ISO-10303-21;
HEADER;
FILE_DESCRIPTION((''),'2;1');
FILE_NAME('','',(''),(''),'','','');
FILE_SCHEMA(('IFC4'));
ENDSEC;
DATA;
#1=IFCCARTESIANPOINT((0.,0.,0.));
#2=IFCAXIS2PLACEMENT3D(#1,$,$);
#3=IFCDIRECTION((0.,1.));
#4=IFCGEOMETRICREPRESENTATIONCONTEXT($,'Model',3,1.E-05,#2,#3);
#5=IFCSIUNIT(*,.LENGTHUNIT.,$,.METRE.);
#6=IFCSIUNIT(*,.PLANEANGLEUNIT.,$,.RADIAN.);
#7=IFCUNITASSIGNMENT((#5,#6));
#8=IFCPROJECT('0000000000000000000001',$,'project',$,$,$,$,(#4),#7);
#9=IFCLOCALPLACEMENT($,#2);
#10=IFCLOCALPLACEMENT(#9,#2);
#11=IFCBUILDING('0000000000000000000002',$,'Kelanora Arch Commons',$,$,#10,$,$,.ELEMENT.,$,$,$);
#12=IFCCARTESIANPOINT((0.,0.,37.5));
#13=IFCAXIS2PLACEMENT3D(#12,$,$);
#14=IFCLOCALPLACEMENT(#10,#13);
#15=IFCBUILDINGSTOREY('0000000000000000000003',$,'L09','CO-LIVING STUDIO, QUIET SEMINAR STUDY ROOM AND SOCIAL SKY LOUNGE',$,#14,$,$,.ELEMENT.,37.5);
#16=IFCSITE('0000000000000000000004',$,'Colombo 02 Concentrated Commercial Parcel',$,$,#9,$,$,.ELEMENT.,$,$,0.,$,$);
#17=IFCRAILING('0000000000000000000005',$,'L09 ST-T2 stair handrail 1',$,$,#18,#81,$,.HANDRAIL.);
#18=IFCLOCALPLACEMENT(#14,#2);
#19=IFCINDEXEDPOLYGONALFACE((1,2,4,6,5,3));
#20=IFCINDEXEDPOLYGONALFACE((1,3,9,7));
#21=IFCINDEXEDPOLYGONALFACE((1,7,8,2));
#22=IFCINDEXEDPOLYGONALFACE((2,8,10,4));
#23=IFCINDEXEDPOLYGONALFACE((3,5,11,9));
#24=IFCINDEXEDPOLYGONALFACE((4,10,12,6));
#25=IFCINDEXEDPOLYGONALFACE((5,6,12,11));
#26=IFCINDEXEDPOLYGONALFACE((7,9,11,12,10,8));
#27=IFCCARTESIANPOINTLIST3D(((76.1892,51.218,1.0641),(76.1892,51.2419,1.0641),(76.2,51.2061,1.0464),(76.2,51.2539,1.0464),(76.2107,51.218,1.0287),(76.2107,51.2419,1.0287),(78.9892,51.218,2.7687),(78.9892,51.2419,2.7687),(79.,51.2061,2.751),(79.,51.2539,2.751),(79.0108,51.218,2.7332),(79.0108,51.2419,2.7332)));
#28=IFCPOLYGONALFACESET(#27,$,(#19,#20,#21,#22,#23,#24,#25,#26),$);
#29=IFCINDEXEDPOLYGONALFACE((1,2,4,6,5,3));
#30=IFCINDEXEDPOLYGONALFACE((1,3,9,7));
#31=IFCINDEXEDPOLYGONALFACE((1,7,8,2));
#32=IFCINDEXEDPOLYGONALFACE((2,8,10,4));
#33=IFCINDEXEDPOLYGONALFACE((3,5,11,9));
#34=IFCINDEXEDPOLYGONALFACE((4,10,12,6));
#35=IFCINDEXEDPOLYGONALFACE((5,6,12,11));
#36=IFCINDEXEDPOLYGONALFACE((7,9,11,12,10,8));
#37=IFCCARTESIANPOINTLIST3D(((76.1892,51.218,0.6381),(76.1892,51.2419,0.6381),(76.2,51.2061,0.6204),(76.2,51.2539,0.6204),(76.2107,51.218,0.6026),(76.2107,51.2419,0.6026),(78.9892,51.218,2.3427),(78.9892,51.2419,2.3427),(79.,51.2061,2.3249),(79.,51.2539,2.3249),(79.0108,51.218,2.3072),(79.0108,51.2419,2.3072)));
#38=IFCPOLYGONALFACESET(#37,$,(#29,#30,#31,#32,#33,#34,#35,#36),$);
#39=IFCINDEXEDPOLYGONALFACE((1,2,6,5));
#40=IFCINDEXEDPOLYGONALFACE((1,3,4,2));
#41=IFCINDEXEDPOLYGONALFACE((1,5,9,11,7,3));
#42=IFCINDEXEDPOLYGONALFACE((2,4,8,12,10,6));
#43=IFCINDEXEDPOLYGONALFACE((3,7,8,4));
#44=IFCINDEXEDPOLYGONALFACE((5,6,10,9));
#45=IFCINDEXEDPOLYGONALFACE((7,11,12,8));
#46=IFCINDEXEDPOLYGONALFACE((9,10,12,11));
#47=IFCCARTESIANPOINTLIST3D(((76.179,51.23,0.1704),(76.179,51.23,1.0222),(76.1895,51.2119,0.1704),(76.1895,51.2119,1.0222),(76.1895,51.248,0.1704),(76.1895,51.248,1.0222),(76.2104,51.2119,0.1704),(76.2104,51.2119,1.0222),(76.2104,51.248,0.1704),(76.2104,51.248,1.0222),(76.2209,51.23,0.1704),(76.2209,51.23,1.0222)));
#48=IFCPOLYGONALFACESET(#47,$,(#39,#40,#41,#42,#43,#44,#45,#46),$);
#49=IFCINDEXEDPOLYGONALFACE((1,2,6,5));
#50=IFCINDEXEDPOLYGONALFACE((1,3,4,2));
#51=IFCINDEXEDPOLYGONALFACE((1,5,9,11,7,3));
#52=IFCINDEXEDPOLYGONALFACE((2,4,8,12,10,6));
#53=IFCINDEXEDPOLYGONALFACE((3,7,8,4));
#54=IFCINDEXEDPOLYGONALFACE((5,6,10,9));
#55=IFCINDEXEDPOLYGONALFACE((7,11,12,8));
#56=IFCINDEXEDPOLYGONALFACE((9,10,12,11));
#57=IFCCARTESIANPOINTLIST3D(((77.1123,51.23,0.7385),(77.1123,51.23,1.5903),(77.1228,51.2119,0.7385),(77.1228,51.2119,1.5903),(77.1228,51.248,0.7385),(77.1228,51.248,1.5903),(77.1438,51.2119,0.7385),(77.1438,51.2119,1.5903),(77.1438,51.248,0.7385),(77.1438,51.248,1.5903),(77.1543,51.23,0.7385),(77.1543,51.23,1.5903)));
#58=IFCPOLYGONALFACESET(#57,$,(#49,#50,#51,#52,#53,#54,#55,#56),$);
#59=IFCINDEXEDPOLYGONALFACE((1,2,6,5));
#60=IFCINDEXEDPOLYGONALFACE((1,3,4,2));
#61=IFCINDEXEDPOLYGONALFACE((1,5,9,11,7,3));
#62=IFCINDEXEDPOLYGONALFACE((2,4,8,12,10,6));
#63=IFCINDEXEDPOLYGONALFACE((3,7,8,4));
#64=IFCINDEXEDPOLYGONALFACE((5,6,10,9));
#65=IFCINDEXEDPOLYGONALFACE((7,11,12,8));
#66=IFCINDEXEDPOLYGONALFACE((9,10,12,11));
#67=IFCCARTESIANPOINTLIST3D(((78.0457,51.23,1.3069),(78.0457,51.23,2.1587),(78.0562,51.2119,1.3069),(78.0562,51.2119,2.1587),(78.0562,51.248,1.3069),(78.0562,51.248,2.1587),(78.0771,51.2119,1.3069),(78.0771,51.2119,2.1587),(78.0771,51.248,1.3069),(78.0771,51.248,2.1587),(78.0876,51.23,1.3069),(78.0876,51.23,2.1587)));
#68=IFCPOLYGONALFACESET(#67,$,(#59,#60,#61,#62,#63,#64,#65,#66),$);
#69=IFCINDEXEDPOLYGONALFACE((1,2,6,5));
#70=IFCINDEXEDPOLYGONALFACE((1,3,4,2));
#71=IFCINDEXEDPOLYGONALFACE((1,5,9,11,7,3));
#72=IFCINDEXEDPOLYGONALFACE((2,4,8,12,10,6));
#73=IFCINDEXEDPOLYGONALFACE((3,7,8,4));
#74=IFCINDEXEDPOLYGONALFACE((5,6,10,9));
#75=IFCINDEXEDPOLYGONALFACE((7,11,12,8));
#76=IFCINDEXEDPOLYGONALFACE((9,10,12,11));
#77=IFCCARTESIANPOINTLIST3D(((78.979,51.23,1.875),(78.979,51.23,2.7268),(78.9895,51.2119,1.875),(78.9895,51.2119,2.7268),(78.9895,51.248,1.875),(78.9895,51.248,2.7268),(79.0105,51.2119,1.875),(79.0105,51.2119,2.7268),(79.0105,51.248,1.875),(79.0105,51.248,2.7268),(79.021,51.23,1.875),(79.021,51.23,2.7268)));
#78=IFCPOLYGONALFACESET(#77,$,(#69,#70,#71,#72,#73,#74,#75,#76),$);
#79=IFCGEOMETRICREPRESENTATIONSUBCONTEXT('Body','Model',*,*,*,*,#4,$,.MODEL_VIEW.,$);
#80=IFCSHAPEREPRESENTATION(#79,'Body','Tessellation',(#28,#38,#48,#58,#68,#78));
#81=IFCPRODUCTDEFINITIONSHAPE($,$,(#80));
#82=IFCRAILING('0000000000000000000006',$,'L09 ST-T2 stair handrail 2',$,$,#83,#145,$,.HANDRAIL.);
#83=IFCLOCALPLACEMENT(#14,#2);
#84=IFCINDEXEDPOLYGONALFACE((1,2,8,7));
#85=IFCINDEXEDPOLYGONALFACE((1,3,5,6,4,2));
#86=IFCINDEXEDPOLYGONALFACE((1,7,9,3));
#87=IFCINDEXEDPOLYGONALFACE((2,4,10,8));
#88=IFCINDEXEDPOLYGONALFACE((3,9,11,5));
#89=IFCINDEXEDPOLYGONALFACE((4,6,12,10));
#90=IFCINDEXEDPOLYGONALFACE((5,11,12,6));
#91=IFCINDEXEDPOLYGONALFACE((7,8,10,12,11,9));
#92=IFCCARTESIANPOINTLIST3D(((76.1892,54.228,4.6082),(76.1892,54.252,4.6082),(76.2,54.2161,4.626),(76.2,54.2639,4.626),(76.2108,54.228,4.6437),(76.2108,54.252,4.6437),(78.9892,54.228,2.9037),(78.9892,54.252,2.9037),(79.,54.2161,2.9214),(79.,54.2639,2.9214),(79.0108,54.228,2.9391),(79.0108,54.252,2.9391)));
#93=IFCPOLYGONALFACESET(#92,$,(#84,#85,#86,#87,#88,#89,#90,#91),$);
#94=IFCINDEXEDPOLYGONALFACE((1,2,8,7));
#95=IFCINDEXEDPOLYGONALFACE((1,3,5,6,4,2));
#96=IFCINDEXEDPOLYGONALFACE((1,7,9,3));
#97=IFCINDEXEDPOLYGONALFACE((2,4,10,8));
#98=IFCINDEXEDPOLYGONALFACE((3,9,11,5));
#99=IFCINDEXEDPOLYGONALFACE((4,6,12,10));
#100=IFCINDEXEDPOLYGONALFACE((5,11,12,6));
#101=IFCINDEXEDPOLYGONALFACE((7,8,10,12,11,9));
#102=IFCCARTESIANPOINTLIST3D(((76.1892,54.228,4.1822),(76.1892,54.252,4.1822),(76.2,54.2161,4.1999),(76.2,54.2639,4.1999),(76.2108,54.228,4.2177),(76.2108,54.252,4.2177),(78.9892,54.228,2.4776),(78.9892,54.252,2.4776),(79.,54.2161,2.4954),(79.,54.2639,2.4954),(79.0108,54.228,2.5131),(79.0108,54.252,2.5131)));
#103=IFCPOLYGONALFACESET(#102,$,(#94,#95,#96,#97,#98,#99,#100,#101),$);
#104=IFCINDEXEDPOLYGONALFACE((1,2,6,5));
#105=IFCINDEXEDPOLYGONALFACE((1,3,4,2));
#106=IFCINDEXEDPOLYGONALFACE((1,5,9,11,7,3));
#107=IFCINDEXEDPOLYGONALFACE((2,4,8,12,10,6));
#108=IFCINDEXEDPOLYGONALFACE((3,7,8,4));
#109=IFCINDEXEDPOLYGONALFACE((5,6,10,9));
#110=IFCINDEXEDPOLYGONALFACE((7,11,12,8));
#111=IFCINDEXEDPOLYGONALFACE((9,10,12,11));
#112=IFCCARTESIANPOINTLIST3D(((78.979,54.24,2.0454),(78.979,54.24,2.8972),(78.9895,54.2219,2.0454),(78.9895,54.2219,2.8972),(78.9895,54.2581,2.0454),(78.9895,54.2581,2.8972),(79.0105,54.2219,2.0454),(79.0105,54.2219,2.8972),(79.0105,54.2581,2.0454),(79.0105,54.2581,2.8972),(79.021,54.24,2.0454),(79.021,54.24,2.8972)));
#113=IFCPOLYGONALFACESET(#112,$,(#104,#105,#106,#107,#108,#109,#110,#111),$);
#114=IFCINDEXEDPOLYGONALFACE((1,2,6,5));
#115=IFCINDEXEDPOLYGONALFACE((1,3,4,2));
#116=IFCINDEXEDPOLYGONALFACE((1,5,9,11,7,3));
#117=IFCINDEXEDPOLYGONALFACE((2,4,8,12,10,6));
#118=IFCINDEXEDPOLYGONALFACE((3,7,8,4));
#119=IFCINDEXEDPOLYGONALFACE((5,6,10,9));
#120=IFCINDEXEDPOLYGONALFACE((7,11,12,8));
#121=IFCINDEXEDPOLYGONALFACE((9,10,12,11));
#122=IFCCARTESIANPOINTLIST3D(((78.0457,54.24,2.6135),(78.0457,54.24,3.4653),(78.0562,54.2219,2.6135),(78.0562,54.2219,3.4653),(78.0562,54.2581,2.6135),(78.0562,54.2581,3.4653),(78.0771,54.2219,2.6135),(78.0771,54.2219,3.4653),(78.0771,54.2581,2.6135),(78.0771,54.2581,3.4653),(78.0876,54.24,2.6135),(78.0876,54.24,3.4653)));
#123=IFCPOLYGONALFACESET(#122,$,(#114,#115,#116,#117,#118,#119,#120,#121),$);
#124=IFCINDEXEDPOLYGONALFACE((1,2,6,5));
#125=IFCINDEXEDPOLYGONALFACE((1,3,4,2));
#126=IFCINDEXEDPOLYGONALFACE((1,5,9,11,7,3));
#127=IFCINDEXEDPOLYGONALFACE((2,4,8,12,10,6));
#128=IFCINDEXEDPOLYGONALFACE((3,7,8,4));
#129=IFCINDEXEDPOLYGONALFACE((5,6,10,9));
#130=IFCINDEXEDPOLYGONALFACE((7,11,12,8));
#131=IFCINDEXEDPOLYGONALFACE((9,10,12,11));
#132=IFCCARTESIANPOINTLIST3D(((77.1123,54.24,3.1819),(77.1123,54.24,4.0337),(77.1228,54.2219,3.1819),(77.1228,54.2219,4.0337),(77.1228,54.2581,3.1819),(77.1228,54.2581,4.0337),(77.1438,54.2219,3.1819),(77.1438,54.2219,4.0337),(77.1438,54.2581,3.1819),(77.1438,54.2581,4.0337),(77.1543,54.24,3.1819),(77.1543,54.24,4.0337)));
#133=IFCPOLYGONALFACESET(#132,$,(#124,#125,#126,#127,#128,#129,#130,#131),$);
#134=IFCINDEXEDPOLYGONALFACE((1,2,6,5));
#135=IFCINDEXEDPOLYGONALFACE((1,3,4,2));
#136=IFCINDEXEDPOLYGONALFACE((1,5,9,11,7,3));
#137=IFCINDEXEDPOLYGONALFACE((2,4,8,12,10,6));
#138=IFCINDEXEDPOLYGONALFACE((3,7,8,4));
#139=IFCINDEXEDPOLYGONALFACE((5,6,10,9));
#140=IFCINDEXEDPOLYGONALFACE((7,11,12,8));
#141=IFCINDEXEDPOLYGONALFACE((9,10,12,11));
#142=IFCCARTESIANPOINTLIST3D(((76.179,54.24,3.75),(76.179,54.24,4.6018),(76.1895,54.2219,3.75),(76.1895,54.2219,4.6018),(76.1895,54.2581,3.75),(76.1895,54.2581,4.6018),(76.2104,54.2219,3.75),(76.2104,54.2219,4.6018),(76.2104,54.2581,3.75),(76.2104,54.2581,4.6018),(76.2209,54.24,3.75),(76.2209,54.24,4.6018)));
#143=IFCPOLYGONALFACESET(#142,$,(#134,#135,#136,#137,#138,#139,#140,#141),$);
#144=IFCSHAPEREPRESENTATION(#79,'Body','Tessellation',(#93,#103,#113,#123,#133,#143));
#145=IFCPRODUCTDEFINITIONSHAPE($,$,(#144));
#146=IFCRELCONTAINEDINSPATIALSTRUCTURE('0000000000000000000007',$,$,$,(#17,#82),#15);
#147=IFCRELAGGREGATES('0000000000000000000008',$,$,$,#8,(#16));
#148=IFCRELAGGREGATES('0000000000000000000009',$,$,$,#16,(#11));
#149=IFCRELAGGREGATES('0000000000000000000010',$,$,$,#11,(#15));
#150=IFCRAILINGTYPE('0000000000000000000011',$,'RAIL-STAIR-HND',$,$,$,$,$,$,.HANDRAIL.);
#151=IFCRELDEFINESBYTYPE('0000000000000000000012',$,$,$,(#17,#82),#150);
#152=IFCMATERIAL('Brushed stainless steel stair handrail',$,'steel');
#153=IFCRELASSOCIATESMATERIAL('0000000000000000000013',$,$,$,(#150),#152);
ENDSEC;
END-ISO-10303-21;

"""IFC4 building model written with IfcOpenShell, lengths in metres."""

from ifc_helpers import new_model, si_unit, direction, frame, origin, place, context, subcontext, project, spatial, polyline, outline, extrude, material, type_object, element, save


model = new_model("IFC4")

# Units and contexts
model_context = context("Model", 3, precision=1e-05, world=origin(), true_north=direction((0.0, 1.0)))
body_context = subcontext(model_context, "Body", "Model", "MODEL_VIEW")
ifc_project = project(units=[si_unit("LENGTHUNIT", "METRE"), si_unit("PLANEANGLEUNIT", "RADIAN")], contexts=[model_context])

# Site, building, storey
site_placement = place(None, origin())
site = spatial("IfcSite", under=ifc_project, at=site_placement, Name="Colombo 02 Concentrated Commercial Parcel", CompositionType="ELEMENT", RefElevation=0.0)
building_placement = place(site_placement, origin())
building = spatial("IfcBuilding", under=site, at=building_placement, Name="Kelanora Arch Commons", CompositionType="ELEMENT")
storey_placement = place(building_placement, frame((0.0, 0.0, 37.5)))
storey = spatial("IfcBuildingStorey", under=building, at=storey_placement, Name="L09", Description="CO-LIVING STUDIO, QUIET SEMINAR STUDY ROOM AND SOCIAL SKY LOUNGE", CompositionType="ELEMENT", Elevation=37.5)

# Railings
ifc_material_1 = material(Name="Brushed stainless steel stair handrail", Category="steel")
railing_type_1 = type_object("IfcRailingType", Name="RAIL-STAIR-HND", PredefinedType="HANDRAIL", material=ifc_material_1)
railing_1_placement = place(storey_placement, frame((76.2, 51.23, 0.1704)))
element("IfcRailing", 1, at=railing_1_placement, inside=storey, type_object=railing_type_1, Name="L09 ST-T2 stair handrail 1", PredefinedType="HANDRAIL", context=body_context, shape_type="SweptSolid", body=[
    extrude(outline(polyline([(0.0239, 0.0), (0.012, 0.0208), (-0.012, 0.0208), (-0.0239, 0.0), (-0.012, -0.0208), (0.012, -0.0208), (0.0239, 0.0)])), frame((0.0, 0.0, 0.876), z_axis=(0.85417, 0.0, 0.519994), x_axis=(0.0, 1.0, 0.0)), (0.0, 0.0, 1.0), 3.2781),
    extrude(outline(polyline([(0.0239, 0.0), (0.012, 0.0208), (-0.012, 0.0208), (-0.0239, 0.0), (-0.012, -0.0208), (0.012, -0.0208), (0.0239, 0.0)])), frame((0.0, 0.0, 0.45), z_axis=(0.85417, 0.0, 0.519994), x_axis=(0.0, 1.0, 0.0)), (0.0, 0.0, 1.0), 3.2781),
    extrude(outline(polyline([(0.021, 0.0), (0.0105, 0.0181), (-0.0105, 0.0181), (-0.021, 0.0), (-0.0105, -0.0181), (0.0105, -0.0181), (0.021, 0.0)])), origin(), (0.0, 0.0, 1.0), 0.8518),
    extrude(outline(polyline([(0.021, 0.0), (0.0105, 0.0181), (-0.0105, 0.0181), (-0.021, 0.0), (-0.0105, -0.0181), (0.0105, -0.0181), (0.021, 0.0)])), frame((0.9333, 0.0, 0.5681)), (0.0, 0.0, 1.0), 0.8518),
    extrude(outline(polyline([(0.021, 0.0), (0.0105, 0.0181), (-0.0105, 0.0181), (-0.021, 0.0), (-0.0105, -0.0181), (0.0105, -0.0181), (0.021, 0.0)])), frame((1.8667, 0.0, 1.1365)), (0.0, 0.0, 1.0), 0.8518),
    extrude(outline(polyline([(0.021, 0.0), (0.0105, 0.0181), (-0.0105, 0.0181), (-0.021, 0.0), (-0.0105, -0.0181), (0.0105, -0.0181), (0.021, 0.0)])), frame((2.8, 0.0, 1.7046)), (0.0, 0.0, 1.0), 0.8518),
])
railing_2_placement = place(storey_placement, frame((79.0, 54.24, 2.0454)))
element("IfcRailing", 2, at=railing_2_placement, inside=storey, type_object=railing_type_1, Name="L09 ST-T2 stair handrail 2", PredefinedType="HANDRAIL", context=body_context, shape_type="SweptSolid", body=[
    extrude(outline(polyline([(0.0239, 0.0), (0.012, 0.0208), (-0.012, 0.0208), (-0.0239, 0.0), (-0.012, -0.0208), (0.012, -0.0208), (0.0239, 0.0)])), frame((0.0, 0.0, 0.876), z_axis=(-0.85417, 0.0, 0.519994), x_axis=(0.0, -1.0, 0.0)), (0.0, 0.0, 1.0), 3.2781),
    extrude(outline(polyline([(0.0239, 0.0), (0.012, 0.0208), (-0.012, 0.0208), (-0.0239, 0.0), (-0.012, -0.0208), (0.012, -0.0208), (0.0239, 0.0)])), frame((0.0, 0.0, 0.45), z_axis=(-0.85417, 0.0, 0.519994), x_axis=(0.0, -1.0, 0.0)), (0.0, 0.0, 1.0), 3.2781),
    extrude(outline(polyline([(0.021, 0.0), (0.0105, 0.0181), (-0.0105, 0.0181), (-0.021, 0.0), (-0.0105, -0.0181), (0.0105, -0.0181), (0.021, 0.0)])), origin(), (0.0, 0.0, 1.0), 0.8518),
    extrude(outline(polyline([(0.021, 0.0), (0.0105, 0.0181), (-0.0105, 0.0181), (-0.021, 0.0), (-0.0105, -0.0181), (0.0105, -0.0181), (0.021, 0.0)])), frame((-0.9333, 0.0, 0.5681)), (0.0, 0.0, 1.0), 0.8518),
    extrude(outline(polyline([(0.021, 0.0), (0.0105, 0.0181), (-0.0105, 0.0181), (-0.021, 0.0), (-0.0105, -0.0181), (0.0105, -0.0181), (0.021, 0.0)])), frame((-1.8667, 0.0, 1.1365)), (0.0, 0.0, 1.0), 0.8518),
    extrude(outline(polyline([(0.021, 0.0), (0.0105, 0.0181), (-0.0105, 0.0181), (-0.021, 0.0), (-0.0105, -0.0181), (0.0105, -0.0181), (0.021, 0.0)])), frame((-2.8, 0.0, 1.7046)), (0.0, 0.0, 1.0), 0.8518),
])

save(model, "model.ifc")
